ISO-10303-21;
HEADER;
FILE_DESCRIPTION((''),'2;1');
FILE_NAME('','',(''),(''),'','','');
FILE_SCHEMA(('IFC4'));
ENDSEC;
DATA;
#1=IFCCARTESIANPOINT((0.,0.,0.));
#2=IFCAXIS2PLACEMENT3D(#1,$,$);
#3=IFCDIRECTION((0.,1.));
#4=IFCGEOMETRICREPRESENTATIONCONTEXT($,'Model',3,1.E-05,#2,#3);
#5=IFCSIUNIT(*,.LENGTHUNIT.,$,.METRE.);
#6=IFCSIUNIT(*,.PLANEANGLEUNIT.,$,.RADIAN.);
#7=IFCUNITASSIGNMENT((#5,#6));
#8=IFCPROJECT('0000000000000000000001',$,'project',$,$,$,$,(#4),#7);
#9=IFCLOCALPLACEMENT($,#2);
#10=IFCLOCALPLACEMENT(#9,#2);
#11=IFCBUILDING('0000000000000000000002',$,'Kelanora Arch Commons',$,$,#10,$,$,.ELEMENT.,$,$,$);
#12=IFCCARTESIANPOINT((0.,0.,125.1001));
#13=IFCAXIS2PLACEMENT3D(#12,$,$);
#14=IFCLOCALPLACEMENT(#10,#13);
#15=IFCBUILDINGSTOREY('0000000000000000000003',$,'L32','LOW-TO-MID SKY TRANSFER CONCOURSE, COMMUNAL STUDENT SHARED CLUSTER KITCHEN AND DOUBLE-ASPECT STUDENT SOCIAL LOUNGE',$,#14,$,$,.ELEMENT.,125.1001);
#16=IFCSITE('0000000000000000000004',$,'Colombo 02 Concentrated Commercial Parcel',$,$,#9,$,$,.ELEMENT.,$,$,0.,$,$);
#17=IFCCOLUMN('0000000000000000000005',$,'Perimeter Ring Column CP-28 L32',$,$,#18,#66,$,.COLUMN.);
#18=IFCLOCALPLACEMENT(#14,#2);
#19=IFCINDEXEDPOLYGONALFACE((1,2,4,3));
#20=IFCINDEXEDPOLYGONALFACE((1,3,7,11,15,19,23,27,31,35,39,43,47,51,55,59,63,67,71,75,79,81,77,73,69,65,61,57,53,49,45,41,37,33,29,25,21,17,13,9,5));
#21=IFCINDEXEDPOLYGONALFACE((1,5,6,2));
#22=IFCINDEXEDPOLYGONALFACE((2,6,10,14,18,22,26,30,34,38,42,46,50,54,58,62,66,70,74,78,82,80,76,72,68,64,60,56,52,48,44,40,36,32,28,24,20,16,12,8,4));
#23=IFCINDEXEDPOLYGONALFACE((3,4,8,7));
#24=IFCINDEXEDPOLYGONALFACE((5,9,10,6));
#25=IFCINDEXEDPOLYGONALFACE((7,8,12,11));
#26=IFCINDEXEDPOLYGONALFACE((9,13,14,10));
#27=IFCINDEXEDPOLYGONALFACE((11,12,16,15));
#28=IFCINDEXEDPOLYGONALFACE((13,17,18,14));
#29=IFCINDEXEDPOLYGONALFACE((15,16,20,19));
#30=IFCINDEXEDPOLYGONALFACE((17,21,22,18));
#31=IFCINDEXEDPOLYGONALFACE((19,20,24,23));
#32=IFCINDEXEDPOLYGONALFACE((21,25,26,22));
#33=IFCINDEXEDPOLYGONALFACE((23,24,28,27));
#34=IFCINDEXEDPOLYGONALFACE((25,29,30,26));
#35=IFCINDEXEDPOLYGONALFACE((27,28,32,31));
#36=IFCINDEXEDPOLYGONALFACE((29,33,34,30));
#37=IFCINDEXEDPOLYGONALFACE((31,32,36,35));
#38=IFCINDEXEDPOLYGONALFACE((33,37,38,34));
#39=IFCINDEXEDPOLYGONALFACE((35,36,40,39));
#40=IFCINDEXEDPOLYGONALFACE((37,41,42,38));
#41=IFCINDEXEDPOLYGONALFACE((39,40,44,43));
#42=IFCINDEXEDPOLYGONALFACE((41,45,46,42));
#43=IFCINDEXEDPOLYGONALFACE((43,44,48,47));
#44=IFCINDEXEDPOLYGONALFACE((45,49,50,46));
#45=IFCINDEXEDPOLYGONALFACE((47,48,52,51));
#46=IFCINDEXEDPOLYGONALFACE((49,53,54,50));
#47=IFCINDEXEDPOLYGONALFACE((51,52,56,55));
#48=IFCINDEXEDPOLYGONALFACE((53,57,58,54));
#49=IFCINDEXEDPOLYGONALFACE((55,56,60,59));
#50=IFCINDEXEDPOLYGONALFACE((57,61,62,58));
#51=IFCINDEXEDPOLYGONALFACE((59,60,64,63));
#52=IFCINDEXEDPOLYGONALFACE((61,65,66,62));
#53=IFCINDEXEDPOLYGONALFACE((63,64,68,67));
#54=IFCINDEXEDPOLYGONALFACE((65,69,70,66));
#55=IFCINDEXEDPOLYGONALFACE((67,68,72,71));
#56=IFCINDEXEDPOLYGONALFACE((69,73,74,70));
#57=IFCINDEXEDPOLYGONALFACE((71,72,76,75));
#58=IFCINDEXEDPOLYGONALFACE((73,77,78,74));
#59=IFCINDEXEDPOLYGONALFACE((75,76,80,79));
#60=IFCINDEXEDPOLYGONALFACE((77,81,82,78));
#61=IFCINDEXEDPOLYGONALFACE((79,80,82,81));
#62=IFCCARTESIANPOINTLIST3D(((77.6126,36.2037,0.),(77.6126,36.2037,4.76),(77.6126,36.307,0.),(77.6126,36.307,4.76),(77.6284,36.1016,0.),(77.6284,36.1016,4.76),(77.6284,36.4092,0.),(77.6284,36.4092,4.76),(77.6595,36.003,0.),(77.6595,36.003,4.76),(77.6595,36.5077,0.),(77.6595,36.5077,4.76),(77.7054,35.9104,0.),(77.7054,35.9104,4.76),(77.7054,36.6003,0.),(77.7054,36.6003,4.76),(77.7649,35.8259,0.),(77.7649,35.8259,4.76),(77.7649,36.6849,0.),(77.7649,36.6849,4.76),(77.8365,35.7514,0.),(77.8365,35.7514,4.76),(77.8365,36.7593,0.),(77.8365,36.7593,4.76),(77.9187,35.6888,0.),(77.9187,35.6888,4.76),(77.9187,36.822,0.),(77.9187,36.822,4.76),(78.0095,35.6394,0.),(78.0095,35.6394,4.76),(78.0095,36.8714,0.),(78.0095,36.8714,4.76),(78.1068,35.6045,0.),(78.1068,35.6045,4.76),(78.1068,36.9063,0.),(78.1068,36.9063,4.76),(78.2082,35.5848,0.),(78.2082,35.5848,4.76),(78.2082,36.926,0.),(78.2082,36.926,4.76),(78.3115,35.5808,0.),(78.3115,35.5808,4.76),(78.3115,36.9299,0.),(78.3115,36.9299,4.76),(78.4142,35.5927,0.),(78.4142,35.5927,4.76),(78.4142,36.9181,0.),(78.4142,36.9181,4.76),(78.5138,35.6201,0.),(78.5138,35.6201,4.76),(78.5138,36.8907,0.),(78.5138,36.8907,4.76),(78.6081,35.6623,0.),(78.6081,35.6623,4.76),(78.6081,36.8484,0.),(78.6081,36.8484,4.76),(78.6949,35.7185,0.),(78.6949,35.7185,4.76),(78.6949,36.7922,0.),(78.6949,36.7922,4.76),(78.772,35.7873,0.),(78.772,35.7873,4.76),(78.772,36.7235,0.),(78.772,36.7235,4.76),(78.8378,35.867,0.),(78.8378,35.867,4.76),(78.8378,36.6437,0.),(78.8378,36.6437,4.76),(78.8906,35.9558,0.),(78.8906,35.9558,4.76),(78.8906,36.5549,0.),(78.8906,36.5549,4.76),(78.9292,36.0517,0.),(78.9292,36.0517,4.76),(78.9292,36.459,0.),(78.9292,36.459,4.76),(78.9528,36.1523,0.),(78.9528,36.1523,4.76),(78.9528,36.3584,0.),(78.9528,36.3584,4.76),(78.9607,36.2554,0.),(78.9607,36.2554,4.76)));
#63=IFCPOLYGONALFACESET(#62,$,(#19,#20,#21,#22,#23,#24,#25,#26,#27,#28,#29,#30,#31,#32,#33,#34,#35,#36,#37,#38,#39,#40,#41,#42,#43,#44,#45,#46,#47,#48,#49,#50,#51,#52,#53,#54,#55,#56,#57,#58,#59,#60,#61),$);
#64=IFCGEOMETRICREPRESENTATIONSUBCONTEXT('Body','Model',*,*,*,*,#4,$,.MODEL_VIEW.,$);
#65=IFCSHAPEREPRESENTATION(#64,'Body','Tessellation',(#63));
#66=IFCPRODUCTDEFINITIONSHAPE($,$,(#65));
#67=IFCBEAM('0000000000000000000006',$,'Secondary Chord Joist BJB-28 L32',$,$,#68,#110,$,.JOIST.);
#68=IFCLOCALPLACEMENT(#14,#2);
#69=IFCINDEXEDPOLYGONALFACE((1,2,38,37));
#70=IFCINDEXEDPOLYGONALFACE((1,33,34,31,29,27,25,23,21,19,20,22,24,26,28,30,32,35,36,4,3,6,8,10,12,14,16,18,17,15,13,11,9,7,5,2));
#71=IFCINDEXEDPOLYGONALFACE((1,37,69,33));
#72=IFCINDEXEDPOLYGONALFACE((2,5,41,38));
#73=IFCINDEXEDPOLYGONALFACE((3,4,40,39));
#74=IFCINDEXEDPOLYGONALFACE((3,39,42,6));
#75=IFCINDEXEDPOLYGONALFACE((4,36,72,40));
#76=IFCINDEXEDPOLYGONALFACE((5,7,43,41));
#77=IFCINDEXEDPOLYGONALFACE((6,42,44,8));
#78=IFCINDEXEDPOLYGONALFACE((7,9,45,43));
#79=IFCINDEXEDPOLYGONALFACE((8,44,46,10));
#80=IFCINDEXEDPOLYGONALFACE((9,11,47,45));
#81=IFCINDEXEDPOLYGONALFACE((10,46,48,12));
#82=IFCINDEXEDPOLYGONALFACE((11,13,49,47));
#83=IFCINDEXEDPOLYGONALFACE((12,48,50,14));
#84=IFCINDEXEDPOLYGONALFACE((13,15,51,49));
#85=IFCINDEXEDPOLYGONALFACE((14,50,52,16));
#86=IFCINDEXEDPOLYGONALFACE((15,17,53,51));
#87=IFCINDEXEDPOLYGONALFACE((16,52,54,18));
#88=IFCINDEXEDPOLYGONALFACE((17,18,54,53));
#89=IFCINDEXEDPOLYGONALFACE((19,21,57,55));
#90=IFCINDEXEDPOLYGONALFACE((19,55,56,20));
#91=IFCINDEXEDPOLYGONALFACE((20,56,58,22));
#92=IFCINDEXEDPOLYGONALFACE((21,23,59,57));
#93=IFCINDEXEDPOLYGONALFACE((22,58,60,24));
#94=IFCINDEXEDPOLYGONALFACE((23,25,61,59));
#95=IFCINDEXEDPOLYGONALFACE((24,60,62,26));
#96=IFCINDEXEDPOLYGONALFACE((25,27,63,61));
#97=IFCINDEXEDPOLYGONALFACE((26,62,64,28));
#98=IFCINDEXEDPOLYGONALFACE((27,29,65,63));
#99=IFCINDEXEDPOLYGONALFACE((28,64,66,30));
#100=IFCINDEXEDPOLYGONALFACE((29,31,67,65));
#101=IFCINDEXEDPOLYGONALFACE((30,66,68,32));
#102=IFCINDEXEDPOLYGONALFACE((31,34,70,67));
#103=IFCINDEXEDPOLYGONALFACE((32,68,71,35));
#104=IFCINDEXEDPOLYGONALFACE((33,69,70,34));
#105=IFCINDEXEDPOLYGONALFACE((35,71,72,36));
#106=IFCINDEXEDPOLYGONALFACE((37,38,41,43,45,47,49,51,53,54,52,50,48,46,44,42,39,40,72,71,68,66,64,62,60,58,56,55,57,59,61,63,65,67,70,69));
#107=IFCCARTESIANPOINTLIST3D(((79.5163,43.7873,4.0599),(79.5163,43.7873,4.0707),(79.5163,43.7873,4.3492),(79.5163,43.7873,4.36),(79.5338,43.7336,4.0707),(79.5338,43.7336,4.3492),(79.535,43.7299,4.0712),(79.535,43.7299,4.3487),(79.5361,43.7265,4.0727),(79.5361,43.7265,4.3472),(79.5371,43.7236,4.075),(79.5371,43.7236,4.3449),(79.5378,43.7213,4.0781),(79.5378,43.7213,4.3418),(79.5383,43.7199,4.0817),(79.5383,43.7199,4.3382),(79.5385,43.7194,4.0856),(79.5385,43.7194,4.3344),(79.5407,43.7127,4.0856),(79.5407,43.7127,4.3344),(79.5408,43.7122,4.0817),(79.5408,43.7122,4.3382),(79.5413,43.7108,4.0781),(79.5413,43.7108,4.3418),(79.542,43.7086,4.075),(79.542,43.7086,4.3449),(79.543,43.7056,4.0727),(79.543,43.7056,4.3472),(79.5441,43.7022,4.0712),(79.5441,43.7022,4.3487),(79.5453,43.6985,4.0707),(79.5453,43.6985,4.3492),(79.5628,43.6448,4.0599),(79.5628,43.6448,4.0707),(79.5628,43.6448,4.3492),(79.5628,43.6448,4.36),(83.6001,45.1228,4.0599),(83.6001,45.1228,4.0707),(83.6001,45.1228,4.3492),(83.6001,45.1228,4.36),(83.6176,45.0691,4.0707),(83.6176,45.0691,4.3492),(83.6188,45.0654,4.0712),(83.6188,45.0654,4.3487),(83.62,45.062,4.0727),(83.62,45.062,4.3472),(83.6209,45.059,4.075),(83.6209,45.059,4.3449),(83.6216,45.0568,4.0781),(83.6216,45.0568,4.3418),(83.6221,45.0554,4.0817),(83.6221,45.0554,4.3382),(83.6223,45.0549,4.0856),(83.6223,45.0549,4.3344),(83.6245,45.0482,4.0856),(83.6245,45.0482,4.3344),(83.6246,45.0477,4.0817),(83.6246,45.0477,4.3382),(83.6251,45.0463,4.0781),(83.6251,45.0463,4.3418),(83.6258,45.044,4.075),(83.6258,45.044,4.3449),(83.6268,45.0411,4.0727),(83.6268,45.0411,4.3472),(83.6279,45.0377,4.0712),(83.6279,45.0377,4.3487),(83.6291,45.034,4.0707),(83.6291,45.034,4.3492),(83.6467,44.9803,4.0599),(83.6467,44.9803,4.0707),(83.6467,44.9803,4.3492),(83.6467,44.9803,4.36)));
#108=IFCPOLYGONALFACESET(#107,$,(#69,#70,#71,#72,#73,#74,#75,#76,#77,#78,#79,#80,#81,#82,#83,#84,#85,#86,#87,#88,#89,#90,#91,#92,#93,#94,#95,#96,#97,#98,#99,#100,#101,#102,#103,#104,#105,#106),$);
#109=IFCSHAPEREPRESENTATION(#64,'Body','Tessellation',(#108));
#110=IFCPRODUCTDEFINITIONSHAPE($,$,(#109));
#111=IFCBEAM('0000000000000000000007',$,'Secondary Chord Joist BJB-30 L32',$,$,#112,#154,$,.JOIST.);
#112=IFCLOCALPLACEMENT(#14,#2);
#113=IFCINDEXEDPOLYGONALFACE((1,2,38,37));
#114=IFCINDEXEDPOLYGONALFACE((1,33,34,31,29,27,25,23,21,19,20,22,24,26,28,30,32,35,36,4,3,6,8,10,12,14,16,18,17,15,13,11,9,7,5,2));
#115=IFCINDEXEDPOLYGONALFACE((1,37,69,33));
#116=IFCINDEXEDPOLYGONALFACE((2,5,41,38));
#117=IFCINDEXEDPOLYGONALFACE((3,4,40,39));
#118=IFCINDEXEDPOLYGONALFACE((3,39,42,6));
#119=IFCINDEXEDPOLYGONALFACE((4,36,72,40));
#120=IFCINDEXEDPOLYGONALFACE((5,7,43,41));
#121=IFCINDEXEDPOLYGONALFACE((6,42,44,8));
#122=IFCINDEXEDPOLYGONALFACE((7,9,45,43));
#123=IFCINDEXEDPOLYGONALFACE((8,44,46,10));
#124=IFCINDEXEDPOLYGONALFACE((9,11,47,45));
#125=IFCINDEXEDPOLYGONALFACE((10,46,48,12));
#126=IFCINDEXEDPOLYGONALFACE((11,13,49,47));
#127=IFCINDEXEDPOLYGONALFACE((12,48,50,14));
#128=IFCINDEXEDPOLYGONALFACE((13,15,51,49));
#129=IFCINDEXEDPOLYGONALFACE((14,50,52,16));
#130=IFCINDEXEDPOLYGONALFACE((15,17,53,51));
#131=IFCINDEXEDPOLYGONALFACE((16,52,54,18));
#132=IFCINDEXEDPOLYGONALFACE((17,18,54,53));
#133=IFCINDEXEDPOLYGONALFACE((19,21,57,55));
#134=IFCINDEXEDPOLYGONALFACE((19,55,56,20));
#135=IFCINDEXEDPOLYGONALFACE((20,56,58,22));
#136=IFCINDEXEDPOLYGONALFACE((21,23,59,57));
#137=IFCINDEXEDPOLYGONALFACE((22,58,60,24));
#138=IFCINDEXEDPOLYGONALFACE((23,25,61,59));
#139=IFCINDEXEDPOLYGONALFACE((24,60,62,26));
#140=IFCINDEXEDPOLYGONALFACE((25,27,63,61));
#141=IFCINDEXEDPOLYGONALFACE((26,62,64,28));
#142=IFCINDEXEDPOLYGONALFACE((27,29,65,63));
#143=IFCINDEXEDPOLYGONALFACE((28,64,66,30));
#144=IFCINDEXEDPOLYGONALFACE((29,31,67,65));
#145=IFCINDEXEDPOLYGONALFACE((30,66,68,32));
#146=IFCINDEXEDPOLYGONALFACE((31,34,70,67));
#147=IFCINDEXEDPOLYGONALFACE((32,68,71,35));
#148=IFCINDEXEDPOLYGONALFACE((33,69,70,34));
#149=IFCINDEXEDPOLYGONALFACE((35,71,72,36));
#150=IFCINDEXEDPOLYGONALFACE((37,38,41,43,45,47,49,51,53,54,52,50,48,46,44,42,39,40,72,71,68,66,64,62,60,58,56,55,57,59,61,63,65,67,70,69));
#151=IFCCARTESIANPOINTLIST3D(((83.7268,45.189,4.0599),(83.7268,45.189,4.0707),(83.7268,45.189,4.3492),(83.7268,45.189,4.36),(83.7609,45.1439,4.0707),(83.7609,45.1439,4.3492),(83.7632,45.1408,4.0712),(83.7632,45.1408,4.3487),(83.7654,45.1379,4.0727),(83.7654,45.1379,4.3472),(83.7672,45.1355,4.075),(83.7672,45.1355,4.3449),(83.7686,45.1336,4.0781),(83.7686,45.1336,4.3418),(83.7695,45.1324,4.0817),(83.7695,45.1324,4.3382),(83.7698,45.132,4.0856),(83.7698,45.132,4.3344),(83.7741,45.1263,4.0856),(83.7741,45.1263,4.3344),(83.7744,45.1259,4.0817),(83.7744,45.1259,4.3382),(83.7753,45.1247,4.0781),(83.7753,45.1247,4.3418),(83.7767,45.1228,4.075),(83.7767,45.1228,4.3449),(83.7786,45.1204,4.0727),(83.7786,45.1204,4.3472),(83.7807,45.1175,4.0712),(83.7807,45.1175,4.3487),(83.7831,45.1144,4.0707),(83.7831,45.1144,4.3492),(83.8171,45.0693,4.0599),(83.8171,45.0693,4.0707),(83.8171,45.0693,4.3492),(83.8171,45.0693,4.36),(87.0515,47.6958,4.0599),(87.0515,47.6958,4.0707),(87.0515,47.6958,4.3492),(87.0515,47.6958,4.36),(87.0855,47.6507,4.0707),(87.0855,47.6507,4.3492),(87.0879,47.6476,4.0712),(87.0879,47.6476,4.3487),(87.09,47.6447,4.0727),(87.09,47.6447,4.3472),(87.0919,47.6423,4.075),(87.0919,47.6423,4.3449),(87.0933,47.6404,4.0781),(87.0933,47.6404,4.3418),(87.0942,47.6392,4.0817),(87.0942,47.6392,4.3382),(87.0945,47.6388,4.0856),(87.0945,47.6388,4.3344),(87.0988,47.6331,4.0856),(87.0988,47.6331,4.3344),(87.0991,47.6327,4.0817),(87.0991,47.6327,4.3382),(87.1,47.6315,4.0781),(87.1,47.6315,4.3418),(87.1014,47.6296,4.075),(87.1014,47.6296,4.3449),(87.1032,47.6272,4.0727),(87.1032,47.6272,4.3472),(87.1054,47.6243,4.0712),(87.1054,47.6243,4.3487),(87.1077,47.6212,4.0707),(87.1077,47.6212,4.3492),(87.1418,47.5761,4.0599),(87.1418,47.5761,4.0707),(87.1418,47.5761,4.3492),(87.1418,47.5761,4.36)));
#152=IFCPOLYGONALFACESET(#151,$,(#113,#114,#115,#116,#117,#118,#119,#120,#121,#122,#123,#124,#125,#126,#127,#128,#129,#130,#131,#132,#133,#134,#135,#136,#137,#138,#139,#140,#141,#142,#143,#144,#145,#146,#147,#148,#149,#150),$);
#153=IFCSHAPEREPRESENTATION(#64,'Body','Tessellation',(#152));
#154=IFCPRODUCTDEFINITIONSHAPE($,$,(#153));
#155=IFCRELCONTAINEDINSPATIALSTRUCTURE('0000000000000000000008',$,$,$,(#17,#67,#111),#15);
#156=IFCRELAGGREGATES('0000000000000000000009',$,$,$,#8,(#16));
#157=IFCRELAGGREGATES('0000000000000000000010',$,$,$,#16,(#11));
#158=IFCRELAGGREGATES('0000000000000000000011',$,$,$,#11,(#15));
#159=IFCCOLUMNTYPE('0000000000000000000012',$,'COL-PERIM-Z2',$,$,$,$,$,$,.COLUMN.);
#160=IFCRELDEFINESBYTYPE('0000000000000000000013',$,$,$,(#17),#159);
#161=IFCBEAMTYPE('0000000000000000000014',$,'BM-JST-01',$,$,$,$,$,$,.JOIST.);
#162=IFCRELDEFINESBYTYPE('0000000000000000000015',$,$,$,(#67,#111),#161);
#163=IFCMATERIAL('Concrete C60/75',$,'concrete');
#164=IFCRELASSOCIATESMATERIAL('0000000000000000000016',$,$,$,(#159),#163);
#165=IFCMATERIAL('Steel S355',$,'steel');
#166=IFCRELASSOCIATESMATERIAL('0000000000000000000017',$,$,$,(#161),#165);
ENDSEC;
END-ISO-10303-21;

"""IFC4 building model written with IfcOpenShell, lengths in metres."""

from ifc_helpers import new_model, si_unit, direction, frame, origin, origin_2d, place, context, subcontext, project, spatial, circle, i_section, extrude, material, material_profile, profile_set, type_object, element, save


model = new_model("IFC4")

# Units and contexts
model_context = context("Model", 3, precision=1e-05, world=origin(), true_north=direction((0.0, 1.0)))
body_context = subcontext(model_context, "Body", "Model", "MODEL_VIEW")
ifc_project = project(units=[si_unit("LENGTHUNIT", "METRE"), si_unit("PLANEANGLEUNIT", "RADIAN")], contexts=[model_context])

# Site, building, storey
site_placement = place(None, origin())
site = spatial("IfcSite", under=ifc_project, at=site_placement, Name="Colombo 02 Concentrated Commercial Parcel", CompositionType="ELEMENT", RefElevation=0.0)
building_placement = place(site_placement, origin())
building = spatial("IfcBuilding", under=site, at=building_placement, Name="Kelanora Arch Commons", CompositionType="ELEMENT")
storey_placement = place(building_placement, frame((0.0, 0.0, 125.1001)))
storey = spatial("IfcBuildingStorey", under=building, at=storey_placement, Name="L32", Description="LOW-TO-MID SKY TRANSFER CONCOURSE, COMMUNAL STUDENT SHARED CLUSTER KITCHEN AND DOUBLE-ASPECT STUDENT SOCIAL LOUNGE", CompositionType="ELEMENT", Elevation=125.1001)

# Column
ifc_material_1 = material(Name="Concrete C60/75", Category="concrete")
ifc_material_profile_1 = material_profile(ifc_material_1, circle(Radius=0.675, at=origin_2d()), Name="RCC1350")
ifc_profile_set_1 = profile_set([ifc_material_profile_1], Name="Concrete C60/75")
column_type = type_object("IfcColumnType", Name="COL-PERIM-Z2", PredefinedType="COLUMN", material=ifc_profile_set_1)
column_placement = place(storey_placement, frame((78.2856, 36.2554, 0.0), z_axis=(0.0, 0.0, 1.0), x_axis=(1.0, 0.0, 0.0)))
element("IfcColumn", 1, at=column_placement, inside=storey, type_object=column_type, Name="Perimeter Ring Column CP-28 L32", PredefinedType="COLUMN", context=body_context, shape_type="SweptSolid", body=[
    extrude(circle(Radius=0.675, at=origin_2d()), origin(), (0.0, 0.0, 1.0), 4.76),
])

# Beams
ifc_material_2 = material(Name="Steel S355", Category="steel")
ifc_material_profile_2 = material_profile(ifc_material_2, i_section(OverallWidth=0.1499, OverallDepth=0.3, WebThickness=0.0071, FlangeThickness=0.0107, FilletRadius=0.0149, at=origin_2d()), Name="IPE300")
ifc_profile_set_2 = profile_set([ifc_material_profile_2], Name="Steel S355")
beam_type_1 = type_object("IfcBeamType", Name="BM-JST-01", PredefinedType="JOIST", material=ifc_profile_set_2)
beam_1_placement = place(storey_placement, frame((79.5396, 43.7161, 4.21), z_axis=(0.950469, 0.310819, 0.0), x_axis=(-0.310819, 0.950469, 0.0)))
element("IfcBeam", 2, at=beam_1_placement, inside=storey, type_object=beam_type_1, Name="Secondary Chord Joist BJB-28 L32", PredefinedType="JOIST", context=body_context, shape_type="SweptSolid", body=[
    extrude(i_section(OverallWidth=0.1499, OverallDepth=0.3, WebThickness=0.0071, FlangeThickness=0.0107, FilletRadius=0.0149, at=origin_2d()), origin(), (0.0, 0.0, 1.0), 4.2966),
])
beam_2_placement = place(storey_placement, frame((83.772, 45.1292, 4.21), z_axis=(0.798464, 0.602043, 0.0), x_axis=(-0.602043, 0.798464, 0.0)))
element("IfcBeam", 3, at=beam_2_placement, inside=storey, type_object=beam_type_1, Name="Secondary Chord Joist BJB-30 L32", PredefinedType="JOIST", context=body_context, shape_type="SweptSolid", body=[
    extrude(i_section(OverallWidth=0.1499, OverallDepth=0.3, WebThickness=0.0071, FlangeThickness=0.0107, FilletRadius=0.0149, at=origin_2d()), origin(), (0.0, 0.0, 1.0), 4.1638),
])

save(model, "model.ifc")
